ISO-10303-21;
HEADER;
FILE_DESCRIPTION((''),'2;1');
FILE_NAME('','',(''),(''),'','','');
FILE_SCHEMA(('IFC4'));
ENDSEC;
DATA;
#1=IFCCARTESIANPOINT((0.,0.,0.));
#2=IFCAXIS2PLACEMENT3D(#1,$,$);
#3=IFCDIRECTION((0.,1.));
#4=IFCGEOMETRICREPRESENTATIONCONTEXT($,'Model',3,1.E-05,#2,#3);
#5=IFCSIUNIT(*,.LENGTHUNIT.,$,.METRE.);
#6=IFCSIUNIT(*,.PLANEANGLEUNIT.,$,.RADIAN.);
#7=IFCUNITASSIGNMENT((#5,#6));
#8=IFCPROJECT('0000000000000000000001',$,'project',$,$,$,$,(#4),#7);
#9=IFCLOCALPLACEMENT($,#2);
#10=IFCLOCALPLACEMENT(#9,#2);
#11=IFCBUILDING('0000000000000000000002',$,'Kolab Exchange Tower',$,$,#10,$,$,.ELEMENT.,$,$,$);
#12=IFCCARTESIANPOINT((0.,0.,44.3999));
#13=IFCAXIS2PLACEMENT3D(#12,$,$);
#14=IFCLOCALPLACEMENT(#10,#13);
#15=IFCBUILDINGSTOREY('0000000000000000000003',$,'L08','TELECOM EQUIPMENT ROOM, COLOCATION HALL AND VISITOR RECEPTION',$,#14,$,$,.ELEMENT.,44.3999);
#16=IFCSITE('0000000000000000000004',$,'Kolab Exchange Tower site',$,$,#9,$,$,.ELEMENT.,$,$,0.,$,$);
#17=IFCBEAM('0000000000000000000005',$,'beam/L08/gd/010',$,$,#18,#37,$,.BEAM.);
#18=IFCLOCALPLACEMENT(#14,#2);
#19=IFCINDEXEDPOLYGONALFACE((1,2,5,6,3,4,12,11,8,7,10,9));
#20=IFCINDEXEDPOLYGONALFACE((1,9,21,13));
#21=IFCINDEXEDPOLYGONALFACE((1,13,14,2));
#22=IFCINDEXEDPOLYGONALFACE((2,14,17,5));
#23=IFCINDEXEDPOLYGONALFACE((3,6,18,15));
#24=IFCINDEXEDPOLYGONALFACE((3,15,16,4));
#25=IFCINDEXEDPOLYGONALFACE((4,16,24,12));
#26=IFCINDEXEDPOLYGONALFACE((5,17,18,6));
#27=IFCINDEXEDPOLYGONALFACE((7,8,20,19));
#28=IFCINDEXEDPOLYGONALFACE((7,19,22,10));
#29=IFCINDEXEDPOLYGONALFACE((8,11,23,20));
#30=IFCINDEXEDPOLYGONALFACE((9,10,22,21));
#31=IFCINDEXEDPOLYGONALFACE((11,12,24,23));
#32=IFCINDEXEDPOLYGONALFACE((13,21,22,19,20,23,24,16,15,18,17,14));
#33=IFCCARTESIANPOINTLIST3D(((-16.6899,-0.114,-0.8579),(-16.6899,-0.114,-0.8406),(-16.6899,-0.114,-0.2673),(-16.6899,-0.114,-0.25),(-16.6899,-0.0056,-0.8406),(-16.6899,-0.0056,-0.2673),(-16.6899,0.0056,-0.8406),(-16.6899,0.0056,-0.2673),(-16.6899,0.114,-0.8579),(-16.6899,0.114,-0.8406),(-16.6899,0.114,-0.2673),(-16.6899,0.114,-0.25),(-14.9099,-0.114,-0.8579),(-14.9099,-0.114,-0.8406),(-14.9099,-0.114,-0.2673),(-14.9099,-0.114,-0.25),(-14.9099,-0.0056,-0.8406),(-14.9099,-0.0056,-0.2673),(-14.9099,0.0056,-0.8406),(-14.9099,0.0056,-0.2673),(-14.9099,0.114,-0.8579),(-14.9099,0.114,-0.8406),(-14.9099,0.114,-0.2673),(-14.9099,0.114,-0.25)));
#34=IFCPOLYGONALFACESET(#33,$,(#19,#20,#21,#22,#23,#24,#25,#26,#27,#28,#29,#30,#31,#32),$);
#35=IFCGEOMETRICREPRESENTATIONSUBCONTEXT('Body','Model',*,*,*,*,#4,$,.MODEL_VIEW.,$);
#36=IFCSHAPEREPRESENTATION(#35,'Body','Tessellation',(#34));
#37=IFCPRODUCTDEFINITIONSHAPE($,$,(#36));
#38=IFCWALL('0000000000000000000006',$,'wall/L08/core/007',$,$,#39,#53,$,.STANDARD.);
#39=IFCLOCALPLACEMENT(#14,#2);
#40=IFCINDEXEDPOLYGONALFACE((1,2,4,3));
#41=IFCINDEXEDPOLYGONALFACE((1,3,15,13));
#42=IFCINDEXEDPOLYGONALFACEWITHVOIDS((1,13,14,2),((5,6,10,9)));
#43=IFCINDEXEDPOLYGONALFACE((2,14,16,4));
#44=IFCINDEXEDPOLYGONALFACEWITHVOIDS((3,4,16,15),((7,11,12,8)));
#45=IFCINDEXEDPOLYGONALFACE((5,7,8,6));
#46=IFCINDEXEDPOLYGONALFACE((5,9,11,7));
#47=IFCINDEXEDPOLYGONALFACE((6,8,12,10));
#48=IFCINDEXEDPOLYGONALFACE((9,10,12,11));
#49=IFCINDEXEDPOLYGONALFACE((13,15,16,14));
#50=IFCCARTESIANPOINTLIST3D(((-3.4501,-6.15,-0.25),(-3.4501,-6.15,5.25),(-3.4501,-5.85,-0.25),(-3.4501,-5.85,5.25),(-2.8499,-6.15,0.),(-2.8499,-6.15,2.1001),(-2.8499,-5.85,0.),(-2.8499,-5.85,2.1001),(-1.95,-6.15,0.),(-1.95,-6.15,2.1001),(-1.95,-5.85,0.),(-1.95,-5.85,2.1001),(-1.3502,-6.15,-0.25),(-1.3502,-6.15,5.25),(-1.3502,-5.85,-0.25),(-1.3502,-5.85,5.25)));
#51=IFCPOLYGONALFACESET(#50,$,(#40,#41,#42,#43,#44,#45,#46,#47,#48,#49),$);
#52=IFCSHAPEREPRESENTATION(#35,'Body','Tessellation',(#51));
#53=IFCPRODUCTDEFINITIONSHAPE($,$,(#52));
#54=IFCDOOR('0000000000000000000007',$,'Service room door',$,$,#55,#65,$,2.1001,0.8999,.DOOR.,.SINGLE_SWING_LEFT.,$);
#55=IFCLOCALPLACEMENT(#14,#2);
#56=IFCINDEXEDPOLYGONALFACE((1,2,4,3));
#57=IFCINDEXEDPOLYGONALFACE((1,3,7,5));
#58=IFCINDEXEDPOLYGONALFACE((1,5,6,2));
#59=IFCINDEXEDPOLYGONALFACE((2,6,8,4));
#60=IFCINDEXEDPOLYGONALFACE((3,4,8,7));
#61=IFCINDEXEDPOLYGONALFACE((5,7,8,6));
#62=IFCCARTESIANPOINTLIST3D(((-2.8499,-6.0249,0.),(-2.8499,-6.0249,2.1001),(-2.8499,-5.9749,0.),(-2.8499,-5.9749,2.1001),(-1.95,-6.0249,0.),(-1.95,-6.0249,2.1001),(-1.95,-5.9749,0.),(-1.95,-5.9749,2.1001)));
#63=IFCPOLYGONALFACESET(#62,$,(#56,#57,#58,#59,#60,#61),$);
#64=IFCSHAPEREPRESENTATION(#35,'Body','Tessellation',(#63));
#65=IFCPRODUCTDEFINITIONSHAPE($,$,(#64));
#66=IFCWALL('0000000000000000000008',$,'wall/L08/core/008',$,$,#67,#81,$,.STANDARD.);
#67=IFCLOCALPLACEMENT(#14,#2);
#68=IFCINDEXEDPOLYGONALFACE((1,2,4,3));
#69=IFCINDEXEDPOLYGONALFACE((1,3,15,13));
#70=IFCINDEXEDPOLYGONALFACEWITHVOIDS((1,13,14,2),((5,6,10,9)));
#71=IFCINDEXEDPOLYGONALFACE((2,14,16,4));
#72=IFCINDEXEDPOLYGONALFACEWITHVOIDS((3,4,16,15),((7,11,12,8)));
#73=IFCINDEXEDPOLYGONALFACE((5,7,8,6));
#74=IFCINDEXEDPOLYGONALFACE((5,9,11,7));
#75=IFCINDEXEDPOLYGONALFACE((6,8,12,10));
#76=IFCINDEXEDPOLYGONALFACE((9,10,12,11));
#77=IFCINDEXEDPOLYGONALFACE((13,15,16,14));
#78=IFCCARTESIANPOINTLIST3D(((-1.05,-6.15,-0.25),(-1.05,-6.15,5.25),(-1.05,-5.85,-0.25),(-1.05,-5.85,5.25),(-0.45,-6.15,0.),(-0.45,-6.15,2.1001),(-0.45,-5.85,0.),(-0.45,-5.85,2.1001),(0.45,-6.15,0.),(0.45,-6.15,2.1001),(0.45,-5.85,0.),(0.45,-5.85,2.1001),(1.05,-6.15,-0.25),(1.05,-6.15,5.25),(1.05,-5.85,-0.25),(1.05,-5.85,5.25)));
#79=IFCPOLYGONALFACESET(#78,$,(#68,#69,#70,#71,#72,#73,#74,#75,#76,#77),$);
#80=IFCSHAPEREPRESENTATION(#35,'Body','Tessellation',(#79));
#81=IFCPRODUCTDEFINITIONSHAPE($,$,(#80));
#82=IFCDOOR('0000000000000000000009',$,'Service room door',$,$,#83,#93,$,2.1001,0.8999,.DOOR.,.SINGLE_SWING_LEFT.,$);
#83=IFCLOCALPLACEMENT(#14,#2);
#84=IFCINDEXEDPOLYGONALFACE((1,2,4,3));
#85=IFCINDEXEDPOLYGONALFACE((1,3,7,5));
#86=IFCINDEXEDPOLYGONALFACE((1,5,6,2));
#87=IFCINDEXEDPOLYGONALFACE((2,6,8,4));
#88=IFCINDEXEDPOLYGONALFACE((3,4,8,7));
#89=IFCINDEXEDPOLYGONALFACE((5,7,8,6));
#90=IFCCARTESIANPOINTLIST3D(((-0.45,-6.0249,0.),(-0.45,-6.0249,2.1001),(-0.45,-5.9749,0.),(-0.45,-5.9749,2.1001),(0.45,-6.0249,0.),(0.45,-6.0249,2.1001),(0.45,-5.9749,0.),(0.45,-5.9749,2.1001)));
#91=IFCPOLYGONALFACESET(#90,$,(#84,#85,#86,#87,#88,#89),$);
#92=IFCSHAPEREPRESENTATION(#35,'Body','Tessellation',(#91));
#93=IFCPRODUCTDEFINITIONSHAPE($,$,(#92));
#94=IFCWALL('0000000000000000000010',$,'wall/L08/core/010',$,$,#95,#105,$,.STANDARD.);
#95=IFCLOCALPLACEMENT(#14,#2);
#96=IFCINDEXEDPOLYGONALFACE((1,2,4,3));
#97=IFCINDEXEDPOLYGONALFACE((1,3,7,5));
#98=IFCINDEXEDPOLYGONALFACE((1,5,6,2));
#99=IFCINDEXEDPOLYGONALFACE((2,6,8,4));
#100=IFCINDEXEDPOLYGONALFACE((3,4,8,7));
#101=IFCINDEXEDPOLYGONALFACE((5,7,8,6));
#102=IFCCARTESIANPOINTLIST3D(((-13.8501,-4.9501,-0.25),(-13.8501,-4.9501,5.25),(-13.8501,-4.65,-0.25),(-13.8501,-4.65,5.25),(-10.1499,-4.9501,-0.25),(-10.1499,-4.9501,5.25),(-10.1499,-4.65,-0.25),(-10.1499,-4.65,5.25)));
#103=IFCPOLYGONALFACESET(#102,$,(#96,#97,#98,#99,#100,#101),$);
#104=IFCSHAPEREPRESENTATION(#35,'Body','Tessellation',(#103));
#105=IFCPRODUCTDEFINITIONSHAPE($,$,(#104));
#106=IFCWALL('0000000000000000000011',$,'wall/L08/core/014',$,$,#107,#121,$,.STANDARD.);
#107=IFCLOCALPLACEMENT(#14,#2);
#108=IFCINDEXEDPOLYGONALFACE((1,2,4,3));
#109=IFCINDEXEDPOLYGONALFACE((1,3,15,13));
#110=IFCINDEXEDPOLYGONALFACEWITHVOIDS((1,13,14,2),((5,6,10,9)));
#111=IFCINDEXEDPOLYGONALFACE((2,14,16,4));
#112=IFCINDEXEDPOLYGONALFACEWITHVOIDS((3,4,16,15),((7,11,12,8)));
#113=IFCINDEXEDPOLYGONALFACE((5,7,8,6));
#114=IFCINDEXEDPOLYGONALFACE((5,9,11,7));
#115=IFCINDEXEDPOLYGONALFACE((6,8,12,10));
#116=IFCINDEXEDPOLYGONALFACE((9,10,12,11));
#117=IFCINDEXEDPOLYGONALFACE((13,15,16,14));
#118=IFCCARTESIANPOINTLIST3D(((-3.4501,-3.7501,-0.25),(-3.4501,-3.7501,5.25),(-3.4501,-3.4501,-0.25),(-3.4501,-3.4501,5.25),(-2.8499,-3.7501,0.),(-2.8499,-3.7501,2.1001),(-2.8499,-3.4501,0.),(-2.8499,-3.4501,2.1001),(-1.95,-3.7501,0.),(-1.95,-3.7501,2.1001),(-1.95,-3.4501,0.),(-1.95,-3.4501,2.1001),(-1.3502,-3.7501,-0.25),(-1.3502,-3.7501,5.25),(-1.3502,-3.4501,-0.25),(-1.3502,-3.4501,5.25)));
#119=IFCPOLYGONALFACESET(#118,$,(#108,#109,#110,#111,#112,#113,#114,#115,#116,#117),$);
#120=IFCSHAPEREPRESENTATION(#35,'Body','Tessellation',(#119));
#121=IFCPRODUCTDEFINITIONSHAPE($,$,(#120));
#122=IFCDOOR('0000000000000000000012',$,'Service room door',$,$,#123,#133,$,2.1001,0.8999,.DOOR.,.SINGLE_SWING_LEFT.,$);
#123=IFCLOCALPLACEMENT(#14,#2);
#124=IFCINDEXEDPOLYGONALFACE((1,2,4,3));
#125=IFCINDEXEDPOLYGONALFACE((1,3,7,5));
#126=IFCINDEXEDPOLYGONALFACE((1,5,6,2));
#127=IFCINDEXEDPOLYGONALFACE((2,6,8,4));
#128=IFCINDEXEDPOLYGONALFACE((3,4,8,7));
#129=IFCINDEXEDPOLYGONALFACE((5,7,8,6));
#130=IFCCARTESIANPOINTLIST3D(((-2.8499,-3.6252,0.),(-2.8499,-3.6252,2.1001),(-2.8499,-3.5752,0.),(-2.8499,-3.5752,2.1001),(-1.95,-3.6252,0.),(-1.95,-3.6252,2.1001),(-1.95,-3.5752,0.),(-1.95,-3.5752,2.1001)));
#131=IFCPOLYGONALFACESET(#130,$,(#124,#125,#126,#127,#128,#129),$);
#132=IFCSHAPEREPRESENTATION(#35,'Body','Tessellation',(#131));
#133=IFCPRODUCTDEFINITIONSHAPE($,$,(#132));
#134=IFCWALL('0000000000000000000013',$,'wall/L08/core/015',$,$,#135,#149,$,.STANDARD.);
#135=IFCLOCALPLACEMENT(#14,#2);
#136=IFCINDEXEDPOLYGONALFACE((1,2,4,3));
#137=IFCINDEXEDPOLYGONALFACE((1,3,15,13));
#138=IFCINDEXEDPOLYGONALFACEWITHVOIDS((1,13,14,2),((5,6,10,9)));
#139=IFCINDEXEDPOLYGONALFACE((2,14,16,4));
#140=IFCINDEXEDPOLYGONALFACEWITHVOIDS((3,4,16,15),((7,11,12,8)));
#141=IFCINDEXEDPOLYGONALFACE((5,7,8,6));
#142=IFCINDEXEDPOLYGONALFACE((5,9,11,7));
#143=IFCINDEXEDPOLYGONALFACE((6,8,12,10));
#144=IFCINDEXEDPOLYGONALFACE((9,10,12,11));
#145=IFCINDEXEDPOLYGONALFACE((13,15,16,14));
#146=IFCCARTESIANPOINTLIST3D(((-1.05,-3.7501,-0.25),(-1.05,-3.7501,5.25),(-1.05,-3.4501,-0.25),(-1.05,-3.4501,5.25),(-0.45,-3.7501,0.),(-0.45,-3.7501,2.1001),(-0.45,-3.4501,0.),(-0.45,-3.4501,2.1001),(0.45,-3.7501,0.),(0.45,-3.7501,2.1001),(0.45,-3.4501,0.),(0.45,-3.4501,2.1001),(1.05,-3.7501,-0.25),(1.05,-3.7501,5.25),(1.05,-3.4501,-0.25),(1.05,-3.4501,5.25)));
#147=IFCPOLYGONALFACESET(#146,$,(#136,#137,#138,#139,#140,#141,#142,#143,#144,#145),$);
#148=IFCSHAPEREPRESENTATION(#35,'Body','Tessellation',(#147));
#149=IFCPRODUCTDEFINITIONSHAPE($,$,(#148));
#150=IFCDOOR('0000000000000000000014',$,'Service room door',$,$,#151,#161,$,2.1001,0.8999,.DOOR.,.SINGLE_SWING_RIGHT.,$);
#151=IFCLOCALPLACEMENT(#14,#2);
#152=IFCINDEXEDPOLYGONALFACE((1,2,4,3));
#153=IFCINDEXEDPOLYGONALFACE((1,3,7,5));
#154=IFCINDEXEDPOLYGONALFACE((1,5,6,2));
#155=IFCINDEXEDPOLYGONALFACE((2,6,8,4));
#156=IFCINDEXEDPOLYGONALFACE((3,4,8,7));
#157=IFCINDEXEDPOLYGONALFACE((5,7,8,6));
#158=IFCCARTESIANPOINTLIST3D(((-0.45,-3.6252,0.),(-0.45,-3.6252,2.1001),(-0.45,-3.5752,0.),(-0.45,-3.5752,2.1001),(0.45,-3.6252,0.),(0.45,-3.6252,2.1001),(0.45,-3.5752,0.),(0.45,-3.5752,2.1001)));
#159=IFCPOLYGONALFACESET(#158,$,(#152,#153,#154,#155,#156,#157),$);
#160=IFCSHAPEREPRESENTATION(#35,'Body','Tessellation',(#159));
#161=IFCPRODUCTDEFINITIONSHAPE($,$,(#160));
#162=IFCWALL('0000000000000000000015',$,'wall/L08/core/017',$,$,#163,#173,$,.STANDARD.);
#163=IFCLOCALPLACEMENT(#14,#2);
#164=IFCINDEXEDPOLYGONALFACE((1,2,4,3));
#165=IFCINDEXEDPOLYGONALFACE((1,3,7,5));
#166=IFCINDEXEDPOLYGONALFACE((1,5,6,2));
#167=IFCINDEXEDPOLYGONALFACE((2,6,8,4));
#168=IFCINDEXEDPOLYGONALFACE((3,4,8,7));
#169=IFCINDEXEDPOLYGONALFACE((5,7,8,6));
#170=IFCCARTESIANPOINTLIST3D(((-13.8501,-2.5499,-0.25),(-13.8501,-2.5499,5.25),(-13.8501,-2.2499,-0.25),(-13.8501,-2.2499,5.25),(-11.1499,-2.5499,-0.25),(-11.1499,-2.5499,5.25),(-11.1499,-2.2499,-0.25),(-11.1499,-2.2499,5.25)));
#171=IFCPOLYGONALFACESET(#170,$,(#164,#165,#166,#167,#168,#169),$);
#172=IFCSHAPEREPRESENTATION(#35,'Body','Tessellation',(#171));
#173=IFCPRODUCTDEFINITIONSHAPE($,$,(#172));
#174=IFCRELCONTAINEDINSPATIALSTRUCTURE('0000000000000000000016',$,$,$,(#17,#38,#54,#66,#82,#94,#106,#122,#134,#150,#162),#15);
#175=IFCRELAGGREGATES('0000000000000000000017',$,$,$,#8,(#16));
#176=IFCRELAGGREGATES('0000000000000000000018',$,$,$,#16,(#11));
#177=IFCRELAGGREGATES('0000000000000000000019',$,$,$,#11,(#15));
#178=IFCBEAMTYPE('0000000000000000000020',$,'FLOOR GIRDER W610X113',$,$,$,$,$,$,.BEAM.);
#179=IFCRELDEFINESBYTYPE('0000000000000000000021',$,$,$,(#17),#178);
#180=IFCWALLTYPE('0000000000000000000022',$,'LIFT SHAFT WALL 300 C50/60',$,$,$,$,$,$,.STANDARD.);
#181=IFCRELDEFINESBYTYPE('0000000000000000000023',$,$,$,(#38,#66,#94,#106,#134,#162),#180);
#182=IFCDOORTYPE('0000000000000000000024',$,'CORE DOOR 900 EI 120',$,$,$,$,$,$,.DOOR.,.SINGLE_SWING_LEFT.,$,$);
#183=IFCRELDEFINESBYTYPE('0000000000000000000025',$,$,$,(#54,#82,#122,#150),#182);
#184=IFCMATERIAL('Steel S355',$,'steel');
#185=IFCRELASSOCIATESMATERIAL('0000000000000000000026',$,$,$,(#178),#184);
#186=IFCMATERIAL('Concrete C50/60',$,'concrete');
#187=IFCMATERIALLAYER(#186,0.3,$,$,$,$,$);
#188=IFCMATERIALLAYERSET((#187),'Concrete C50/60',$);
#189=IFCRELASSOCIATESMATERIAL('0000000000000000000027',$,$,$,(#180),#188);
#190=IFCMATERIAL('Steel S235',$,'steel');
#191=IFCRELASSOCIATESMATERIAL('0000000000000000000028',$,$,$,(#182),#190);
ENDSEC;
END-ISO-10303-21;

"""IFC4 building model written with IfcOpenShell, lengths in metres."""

from ifc_helpers import new_model, si_unit, direction, frame, frame_2d, origin, origin_2d, place, context, subcontext, project, spatial, rectangle, i_section, extrude, material, layer, layer_set, material_profile, profile_set, type_object, element, fill, save


model = new_model("IFC4")

# Units and contexts
model_context = context("Model", 3, precision=1e-05, world=origin(), true_north=direction((0.0, 1.0)))
body_context = subcontext(model_context, "Body", "Model", "MODEL_VIEW")
ifc_project = project(units=[si_unit("LENGTHUNIT", "METRE"), si_unit("PLANEANGLEUNIT", "RADIAN")], contexts=[model_context])

# Site, building, storey
site_placement = place(None, origin())
site = spatial("IfcSite", under=ifc_project, at=site_placement, Name="Kolab Exchange Tower site", CompositionType="ELEMENT", RefElevation=0.0)
building_placement = place(site_placement, origin())
building = spatial("IfcBuilding", under=site, at=building_placement, Name="Kolab Exchange Tower", CompositionType="ELEMENT")
storey_placement = place(building_placement, frame((0.0, 0.0, 44.3999)))
storey = spatial("IfcBuildingStorey", under=building, at=storey_placement, Name="L08", Description="TELECOM EQUIPMENT ROOM, COLOCATION HALL AND VISITOR RECEPTION", CompositionType="ELEMENT", Elevation=44.3999)

# Beam
ifc_material_1 = material(Name="Steel S355", Category="steel")
ifc_material_profile = material_profile(ifc_material_1, i_section(OverallWidth=0.228, OverallDepth=0.6079, WebThickness=0.0112, FlangeThickness=0.0173, at=origin_2d()), Name="W610X113")
ifc_profile_set = profile_set([ifc_material_profile], Name="Steel S355")
beam_type = type_object("IfcBeamType", Name="FLOOR GIRDER W610X113", PredefinedType="BEAM", material=ifc_profile_set)
beam_placement = place(storey_placement, frame((-16.6899, 0.0, -0.554), z_axis=(1.0, 0.0, 0.0), x_axis=(0.0, 1.0, 0.0)))
element("IfcBeam", 1, at=beam_placement, inside=storey, type_object=beam_type, Name="beam/L08/gd/010", PredefinedType="BEAM", context=body_context, shape_type="SweptSolid", body=[
    extrude(i_section(OverallWidth=0.228, OverallDepth=0.6079, WebThickness=0.0112, FlangeThickness=0.0173, at=origin_2d()), origin(), (0.0, 0.0, 1.0), 1.78),
])

# Walls, openings, doors
ifc_material_2 = material(Name="Concrete C50/60", Category="concrete")
ifc_layer_1 = layer(ifc_material_2, 0.3)
ifc_layer_set_1 = layer_set([ifc_layer_1], Name="Concrete C50/60")
wall_type_1 = type_object("IfcWallType", Name="LIFT SHAFT WALL 300 C50/60", PredefinedType="STANDARD", material=ifc_layer_set_1)
wall_1_placement = place(storey_placement, frame((-3.45, -6.0, -0.25), z_axis=(0.0, 0.0, 1.0), x_axis=(1.0, 0.0, 0.0)))
wall_1 = element("IfcWall", 2, at=wall_1_placement, inside=storey, type_object=wall_type_1, Name="wall/L08/core/007", PredefinedType="STANDARD", context=body_context, shape_type="SweptSolid", body=[
    extrude(rectangle(XDim=2.0999, YDim=0.3, at=frame_2d((1.0498, 0.0))), origin(), (0.0, 0.0, 1.0), 5.5),
])
opening_1_placement = place(wall_1_placement, frame((0.6001, 0.0, 0.25)))
opening_1 = element("IfcOpeningElement", 3, at=opening_1_placement, cuts=wall_1, PredefinedType="OPENING", context=body_context, shape_type="SweptSolid", body=[
    extrude(rectangle(XDim=0.8999, YDim=2.1001, at=frame_2d((0.45, 1.05))), frame((0.0, 0.1602, 0.0), z_axis=(0.0, -1.0, 0.0), x_axis=(1.0, 0.0, 0.0)), (0.0, 0.0, 1.0), 0.3201),
])
ifc_material_3 = material(Name="Steel S235", Category="steel")
door_type_1 = type_object("IfcDoorType", Name="CORE DOOR 900 EI 120", OperationType="SINGLE_SWING_LEFT", PredefinedType="DOOR", material=ifc_material_3)
door_1_placement = place(opening_1_placement, frame((0.8999, 0.0, 0.0), z_axis=(0.0, 0.0, 1.0), x_axis=(-1.0, 0.0, 0.0)))
door_1 = element("IfcDoor", 4, at=door_1_placement, inside=storey, type_object=door_type_1, Name="Service room door", OperationType="SINGLE_SWING_LEFT", OverallHeight=2.1001, OverallWidth=0.8999, PredefinedType="DOOR", context=body_context, shape_type="SweptSolid", body=[
    extrude(rectangle(XDim=0.8999, YDim=2.1001, at=frame_2d((0.45, 1.05))), frame((0.0, 0.0249, 0.0), z_axis=(0.0, -1.0, 0.0), x_axis=(1.0, 0.0, 0.0)), (0.0, 0.0, 1.0), 0.05),
])
fill(opening_1, door_1)
wall_2_placement = place(storey_placement, frame((-1.05, -6.0, -0.25), z_axis=(0.0, 0.0, 1.0), x_axis=(1.0, 0.0, 0.0)))
wall_2 = element("IfcWall", 5, at=wall_2_placement, inside=storey, type_object=wall_type_1, Name="wall/L08/core/008", PredefinedType="STANDARD", context=body_context, shape_type="SweptSolid", body=[
    extrude(rectangle(XDim=2.1001, YDim=0.3, at=frame_2d((1.05, 0.0))), origin(), (0.0, 0.0, 1.0), 5.5),
])
opening_2_placement = place(wall_2_placement, frame((0.6001, 0.0, 0.25)))
opening_2 = element("IfcOpeningElement", 6, at=opening_2_placement, cuts=wall_2, PredefinedType="OPENING", context=body_context, shape_type="SweptSolid", body=[
    extrude(rectangle(XDim=0.8999, YDim=2.1001, at=frame_2d((0.45, 1.05))), frame((0.0, 0.1602, 0.0), z_axis=(0.0, -1.0, 0.0), x_axis=(1.0, 0.0, 0.0)), (0.0, 0.0, 1.0), 0.3201),
])
door_2_placement = place(opening_2_placement, frame((0.8999, 0.0, 0.0), z_axis=(0.0, 0.0, 1.0), x_axis=(-1.0, 0.0, 0.0)))
door_2 = element("IfcDoor", 7, at=door_2_placement, inside=storey, type_object=door_type_1, Name="Service room door", OperationType="SINGLE_SWING_LEFT", OverallHeight=2.1001, OverallWidth=0.8999, PredefinedType="DOOR", context=body_context, shape_type="SweptSolid", body=[
    extrude(rectangle(XDim=0.8999, YDim=2.1001, at=frame_2d((0.45, 1.05))), frame((0.0, 0.0249, 0.0), z_axis=(0.0, -1.0, 0.0), x_axis=(1.0, 0.0, 0.0)), (0.0, 0.0, 1.0), 0.05),
])
fill(opening_2, door_2)

# Wall
wall_3_placement = place(storey_placement, frame((-13.8501, -4.8, -0.25), z_axis=(0.0, 0.0, 1.0), x_axis=(1.0, 0.0, 0.0)))
element("IfcWall", 8, at=wall_3_placement, inside=storey, type_object=wall_type_1, Name="wall/L08/core/010", PredefinedType="STANDARD", context=body_context, shape_type="SweptSolid", body=[
    extrude(rectangle(XDim=3.7002, YDim=0.3, at=frame_2d((1.8501, 0.0))), origin(), (0.0, 0.0, 1.0), 5.5),
])

# Walls, openings, doors
wall_4_placement = place(storey_placement, frame((-3.45, -3.6001, -0.25), z_axis=(0.0, 0.0, 1.0), x_axis=(1.0, 0.0, 0.0)))
wall_4 = element("IfcWall", 9, at=wall_4_placement, inside=storey, type_object=wall_type_1, Name="wall/L08/core/014", PredefinedType="STANDARD", context=body_context, shape_type="SweptSolid", body=[
    extrude(rectangle(XDim=2.0999, YDim=0.3, at=frame_2d((1.0498, 0.0))), origin(), (0.0, 0.0, 1.0), 5.5),
])
opening_3_placement = place(wall_4_placement, frame((0.6001, 0.0, 0.25)))
opening_3 = element("IfcOpeningElement", 10, at=opening_3_placement, cuts=wall_4, PredefinedType="OPENING", context=body_context, shape_type="SweptSolid", body=[
    extrude(rectangle(XDim=0.8999, YDim=2.1001, at=frame_2d((0.45, 1.05))), frame((0.0, 0.1602, 0.0), z_axis=(0.0, -1.0, 0.0), x_axis=(1.0, 0.0, 0.0)), (0.0, 0.0, 1.0), 0.3201),
])
door_3_placement = place(opening_3_placement, origin())
door_3 = element("IfcDoor", 11, at=door_3_placement, inside=storey, type_object=door_type_1, Name="Service room door", OperationType="SINGLE_SWING_LEFT", OverallHeight=2.1001, OverallWidth=0.8999, PredefinedType="DOOR", context=body_context, shape_type="SweptSolid", body=[
    extrude(rectangle(XDim=0.8999, YDim=2.1001, at=frame_2d((0.45, 1.05))), frame((0.0, 0.0249, 0.0), z_axis=(0.0, -1.0, 0.0), x_axis=(1.0, 0.0, 0.0)), (0.0, 0.0, 1.0), 0.05),
])
fill(opening_3, door_3)
wall_5_placement = place(storey_placement, frame((-1.05, -3.6001, -0.25), z_axis=(0.0, 0.0, 1.0), x_axis=(1.0, 0.0, 0.0)))
wall_5 = element("IfcWall", 12, at=wall_5_placement, inside=storey, type_object=wall_type_1, Name="wall/L08/core/015", PredefinedType="STANDARD", context=body_context, shape_type="SweptSolid", body=[
    extrude(rectangle(XDim=2.1001, YDim=0.3, at=frame_2d((1.05, 0.0))), origin(), (0.0, 0.0, 1.0), 5.5),
])
opening_4_placement = place(wall_5_placement, frame((0.6001, 0.0, 0.25)))
opening_4 = element("IfcOpeningElement", 13, at=opening_4_placement, cuts=wall_5, PredefinedType="OPENING", context=body_context, shape_type="SweptSolid", body=[
    extrude(rectangle(XDim=0.8999, YDim=2.1001, at=frame_2d((0.45, 1.05))), frame((0.0, 0.1602, 0.0), z_axis=(0.0, -1.0, 0.0), x_axis=(1.0, 0.0, 0.0)), (0.0, 0.0, 1.0), 0.3201),
])
door_4_placement = place(opening_4_placement, origin())
door_4 = element("IfcDoor", 14, at=door_4_placement, inside=storey, type_object=door_type_1, Name="Service room door", OperationType="SINGLE_SWING_RIGHT", OverallHeight=2.1001, OverallWidth=0.8999, PredefinedType="DOOR", context=body_context, shape_type="SweptSolid", body=[
    extrude(rectangle(XDim=0.8999, YDim=2.1001, at=frame_2d((0.45, 1.05))), frame((0.0, 0.0249, 0.0), z_axis=(0.0, -1.0, 0.0), x_axis=(1.0, 0.0, 0.0)), (0.0, 0.0, 1.0), 0.05),
])
fill(opening_4, door_4)

# Wall
wall_6_placement = place(storey_placement, frame((-13.8501, -2.3999, -0.25), z_axis=(0.0, 0.0, 1.0), x_axis=(1.0, 0.0, 0.0)))
element("IfcWall", 15, at=wall_6_placement, inside=storey, type_object=wall_type_1, Name="wall/L08/core/017", PredefinedType="STANDARD", context=body_context, shape_type="SweptSolid", body=[
    extrude(rectangle(XDim=2.7002, YDim=0.3, at=frame_2d((1.3501, 0.0))), origin(), (0.0, 0.0, 1.0), 5.5),
])

save(model, "model.ifc")
